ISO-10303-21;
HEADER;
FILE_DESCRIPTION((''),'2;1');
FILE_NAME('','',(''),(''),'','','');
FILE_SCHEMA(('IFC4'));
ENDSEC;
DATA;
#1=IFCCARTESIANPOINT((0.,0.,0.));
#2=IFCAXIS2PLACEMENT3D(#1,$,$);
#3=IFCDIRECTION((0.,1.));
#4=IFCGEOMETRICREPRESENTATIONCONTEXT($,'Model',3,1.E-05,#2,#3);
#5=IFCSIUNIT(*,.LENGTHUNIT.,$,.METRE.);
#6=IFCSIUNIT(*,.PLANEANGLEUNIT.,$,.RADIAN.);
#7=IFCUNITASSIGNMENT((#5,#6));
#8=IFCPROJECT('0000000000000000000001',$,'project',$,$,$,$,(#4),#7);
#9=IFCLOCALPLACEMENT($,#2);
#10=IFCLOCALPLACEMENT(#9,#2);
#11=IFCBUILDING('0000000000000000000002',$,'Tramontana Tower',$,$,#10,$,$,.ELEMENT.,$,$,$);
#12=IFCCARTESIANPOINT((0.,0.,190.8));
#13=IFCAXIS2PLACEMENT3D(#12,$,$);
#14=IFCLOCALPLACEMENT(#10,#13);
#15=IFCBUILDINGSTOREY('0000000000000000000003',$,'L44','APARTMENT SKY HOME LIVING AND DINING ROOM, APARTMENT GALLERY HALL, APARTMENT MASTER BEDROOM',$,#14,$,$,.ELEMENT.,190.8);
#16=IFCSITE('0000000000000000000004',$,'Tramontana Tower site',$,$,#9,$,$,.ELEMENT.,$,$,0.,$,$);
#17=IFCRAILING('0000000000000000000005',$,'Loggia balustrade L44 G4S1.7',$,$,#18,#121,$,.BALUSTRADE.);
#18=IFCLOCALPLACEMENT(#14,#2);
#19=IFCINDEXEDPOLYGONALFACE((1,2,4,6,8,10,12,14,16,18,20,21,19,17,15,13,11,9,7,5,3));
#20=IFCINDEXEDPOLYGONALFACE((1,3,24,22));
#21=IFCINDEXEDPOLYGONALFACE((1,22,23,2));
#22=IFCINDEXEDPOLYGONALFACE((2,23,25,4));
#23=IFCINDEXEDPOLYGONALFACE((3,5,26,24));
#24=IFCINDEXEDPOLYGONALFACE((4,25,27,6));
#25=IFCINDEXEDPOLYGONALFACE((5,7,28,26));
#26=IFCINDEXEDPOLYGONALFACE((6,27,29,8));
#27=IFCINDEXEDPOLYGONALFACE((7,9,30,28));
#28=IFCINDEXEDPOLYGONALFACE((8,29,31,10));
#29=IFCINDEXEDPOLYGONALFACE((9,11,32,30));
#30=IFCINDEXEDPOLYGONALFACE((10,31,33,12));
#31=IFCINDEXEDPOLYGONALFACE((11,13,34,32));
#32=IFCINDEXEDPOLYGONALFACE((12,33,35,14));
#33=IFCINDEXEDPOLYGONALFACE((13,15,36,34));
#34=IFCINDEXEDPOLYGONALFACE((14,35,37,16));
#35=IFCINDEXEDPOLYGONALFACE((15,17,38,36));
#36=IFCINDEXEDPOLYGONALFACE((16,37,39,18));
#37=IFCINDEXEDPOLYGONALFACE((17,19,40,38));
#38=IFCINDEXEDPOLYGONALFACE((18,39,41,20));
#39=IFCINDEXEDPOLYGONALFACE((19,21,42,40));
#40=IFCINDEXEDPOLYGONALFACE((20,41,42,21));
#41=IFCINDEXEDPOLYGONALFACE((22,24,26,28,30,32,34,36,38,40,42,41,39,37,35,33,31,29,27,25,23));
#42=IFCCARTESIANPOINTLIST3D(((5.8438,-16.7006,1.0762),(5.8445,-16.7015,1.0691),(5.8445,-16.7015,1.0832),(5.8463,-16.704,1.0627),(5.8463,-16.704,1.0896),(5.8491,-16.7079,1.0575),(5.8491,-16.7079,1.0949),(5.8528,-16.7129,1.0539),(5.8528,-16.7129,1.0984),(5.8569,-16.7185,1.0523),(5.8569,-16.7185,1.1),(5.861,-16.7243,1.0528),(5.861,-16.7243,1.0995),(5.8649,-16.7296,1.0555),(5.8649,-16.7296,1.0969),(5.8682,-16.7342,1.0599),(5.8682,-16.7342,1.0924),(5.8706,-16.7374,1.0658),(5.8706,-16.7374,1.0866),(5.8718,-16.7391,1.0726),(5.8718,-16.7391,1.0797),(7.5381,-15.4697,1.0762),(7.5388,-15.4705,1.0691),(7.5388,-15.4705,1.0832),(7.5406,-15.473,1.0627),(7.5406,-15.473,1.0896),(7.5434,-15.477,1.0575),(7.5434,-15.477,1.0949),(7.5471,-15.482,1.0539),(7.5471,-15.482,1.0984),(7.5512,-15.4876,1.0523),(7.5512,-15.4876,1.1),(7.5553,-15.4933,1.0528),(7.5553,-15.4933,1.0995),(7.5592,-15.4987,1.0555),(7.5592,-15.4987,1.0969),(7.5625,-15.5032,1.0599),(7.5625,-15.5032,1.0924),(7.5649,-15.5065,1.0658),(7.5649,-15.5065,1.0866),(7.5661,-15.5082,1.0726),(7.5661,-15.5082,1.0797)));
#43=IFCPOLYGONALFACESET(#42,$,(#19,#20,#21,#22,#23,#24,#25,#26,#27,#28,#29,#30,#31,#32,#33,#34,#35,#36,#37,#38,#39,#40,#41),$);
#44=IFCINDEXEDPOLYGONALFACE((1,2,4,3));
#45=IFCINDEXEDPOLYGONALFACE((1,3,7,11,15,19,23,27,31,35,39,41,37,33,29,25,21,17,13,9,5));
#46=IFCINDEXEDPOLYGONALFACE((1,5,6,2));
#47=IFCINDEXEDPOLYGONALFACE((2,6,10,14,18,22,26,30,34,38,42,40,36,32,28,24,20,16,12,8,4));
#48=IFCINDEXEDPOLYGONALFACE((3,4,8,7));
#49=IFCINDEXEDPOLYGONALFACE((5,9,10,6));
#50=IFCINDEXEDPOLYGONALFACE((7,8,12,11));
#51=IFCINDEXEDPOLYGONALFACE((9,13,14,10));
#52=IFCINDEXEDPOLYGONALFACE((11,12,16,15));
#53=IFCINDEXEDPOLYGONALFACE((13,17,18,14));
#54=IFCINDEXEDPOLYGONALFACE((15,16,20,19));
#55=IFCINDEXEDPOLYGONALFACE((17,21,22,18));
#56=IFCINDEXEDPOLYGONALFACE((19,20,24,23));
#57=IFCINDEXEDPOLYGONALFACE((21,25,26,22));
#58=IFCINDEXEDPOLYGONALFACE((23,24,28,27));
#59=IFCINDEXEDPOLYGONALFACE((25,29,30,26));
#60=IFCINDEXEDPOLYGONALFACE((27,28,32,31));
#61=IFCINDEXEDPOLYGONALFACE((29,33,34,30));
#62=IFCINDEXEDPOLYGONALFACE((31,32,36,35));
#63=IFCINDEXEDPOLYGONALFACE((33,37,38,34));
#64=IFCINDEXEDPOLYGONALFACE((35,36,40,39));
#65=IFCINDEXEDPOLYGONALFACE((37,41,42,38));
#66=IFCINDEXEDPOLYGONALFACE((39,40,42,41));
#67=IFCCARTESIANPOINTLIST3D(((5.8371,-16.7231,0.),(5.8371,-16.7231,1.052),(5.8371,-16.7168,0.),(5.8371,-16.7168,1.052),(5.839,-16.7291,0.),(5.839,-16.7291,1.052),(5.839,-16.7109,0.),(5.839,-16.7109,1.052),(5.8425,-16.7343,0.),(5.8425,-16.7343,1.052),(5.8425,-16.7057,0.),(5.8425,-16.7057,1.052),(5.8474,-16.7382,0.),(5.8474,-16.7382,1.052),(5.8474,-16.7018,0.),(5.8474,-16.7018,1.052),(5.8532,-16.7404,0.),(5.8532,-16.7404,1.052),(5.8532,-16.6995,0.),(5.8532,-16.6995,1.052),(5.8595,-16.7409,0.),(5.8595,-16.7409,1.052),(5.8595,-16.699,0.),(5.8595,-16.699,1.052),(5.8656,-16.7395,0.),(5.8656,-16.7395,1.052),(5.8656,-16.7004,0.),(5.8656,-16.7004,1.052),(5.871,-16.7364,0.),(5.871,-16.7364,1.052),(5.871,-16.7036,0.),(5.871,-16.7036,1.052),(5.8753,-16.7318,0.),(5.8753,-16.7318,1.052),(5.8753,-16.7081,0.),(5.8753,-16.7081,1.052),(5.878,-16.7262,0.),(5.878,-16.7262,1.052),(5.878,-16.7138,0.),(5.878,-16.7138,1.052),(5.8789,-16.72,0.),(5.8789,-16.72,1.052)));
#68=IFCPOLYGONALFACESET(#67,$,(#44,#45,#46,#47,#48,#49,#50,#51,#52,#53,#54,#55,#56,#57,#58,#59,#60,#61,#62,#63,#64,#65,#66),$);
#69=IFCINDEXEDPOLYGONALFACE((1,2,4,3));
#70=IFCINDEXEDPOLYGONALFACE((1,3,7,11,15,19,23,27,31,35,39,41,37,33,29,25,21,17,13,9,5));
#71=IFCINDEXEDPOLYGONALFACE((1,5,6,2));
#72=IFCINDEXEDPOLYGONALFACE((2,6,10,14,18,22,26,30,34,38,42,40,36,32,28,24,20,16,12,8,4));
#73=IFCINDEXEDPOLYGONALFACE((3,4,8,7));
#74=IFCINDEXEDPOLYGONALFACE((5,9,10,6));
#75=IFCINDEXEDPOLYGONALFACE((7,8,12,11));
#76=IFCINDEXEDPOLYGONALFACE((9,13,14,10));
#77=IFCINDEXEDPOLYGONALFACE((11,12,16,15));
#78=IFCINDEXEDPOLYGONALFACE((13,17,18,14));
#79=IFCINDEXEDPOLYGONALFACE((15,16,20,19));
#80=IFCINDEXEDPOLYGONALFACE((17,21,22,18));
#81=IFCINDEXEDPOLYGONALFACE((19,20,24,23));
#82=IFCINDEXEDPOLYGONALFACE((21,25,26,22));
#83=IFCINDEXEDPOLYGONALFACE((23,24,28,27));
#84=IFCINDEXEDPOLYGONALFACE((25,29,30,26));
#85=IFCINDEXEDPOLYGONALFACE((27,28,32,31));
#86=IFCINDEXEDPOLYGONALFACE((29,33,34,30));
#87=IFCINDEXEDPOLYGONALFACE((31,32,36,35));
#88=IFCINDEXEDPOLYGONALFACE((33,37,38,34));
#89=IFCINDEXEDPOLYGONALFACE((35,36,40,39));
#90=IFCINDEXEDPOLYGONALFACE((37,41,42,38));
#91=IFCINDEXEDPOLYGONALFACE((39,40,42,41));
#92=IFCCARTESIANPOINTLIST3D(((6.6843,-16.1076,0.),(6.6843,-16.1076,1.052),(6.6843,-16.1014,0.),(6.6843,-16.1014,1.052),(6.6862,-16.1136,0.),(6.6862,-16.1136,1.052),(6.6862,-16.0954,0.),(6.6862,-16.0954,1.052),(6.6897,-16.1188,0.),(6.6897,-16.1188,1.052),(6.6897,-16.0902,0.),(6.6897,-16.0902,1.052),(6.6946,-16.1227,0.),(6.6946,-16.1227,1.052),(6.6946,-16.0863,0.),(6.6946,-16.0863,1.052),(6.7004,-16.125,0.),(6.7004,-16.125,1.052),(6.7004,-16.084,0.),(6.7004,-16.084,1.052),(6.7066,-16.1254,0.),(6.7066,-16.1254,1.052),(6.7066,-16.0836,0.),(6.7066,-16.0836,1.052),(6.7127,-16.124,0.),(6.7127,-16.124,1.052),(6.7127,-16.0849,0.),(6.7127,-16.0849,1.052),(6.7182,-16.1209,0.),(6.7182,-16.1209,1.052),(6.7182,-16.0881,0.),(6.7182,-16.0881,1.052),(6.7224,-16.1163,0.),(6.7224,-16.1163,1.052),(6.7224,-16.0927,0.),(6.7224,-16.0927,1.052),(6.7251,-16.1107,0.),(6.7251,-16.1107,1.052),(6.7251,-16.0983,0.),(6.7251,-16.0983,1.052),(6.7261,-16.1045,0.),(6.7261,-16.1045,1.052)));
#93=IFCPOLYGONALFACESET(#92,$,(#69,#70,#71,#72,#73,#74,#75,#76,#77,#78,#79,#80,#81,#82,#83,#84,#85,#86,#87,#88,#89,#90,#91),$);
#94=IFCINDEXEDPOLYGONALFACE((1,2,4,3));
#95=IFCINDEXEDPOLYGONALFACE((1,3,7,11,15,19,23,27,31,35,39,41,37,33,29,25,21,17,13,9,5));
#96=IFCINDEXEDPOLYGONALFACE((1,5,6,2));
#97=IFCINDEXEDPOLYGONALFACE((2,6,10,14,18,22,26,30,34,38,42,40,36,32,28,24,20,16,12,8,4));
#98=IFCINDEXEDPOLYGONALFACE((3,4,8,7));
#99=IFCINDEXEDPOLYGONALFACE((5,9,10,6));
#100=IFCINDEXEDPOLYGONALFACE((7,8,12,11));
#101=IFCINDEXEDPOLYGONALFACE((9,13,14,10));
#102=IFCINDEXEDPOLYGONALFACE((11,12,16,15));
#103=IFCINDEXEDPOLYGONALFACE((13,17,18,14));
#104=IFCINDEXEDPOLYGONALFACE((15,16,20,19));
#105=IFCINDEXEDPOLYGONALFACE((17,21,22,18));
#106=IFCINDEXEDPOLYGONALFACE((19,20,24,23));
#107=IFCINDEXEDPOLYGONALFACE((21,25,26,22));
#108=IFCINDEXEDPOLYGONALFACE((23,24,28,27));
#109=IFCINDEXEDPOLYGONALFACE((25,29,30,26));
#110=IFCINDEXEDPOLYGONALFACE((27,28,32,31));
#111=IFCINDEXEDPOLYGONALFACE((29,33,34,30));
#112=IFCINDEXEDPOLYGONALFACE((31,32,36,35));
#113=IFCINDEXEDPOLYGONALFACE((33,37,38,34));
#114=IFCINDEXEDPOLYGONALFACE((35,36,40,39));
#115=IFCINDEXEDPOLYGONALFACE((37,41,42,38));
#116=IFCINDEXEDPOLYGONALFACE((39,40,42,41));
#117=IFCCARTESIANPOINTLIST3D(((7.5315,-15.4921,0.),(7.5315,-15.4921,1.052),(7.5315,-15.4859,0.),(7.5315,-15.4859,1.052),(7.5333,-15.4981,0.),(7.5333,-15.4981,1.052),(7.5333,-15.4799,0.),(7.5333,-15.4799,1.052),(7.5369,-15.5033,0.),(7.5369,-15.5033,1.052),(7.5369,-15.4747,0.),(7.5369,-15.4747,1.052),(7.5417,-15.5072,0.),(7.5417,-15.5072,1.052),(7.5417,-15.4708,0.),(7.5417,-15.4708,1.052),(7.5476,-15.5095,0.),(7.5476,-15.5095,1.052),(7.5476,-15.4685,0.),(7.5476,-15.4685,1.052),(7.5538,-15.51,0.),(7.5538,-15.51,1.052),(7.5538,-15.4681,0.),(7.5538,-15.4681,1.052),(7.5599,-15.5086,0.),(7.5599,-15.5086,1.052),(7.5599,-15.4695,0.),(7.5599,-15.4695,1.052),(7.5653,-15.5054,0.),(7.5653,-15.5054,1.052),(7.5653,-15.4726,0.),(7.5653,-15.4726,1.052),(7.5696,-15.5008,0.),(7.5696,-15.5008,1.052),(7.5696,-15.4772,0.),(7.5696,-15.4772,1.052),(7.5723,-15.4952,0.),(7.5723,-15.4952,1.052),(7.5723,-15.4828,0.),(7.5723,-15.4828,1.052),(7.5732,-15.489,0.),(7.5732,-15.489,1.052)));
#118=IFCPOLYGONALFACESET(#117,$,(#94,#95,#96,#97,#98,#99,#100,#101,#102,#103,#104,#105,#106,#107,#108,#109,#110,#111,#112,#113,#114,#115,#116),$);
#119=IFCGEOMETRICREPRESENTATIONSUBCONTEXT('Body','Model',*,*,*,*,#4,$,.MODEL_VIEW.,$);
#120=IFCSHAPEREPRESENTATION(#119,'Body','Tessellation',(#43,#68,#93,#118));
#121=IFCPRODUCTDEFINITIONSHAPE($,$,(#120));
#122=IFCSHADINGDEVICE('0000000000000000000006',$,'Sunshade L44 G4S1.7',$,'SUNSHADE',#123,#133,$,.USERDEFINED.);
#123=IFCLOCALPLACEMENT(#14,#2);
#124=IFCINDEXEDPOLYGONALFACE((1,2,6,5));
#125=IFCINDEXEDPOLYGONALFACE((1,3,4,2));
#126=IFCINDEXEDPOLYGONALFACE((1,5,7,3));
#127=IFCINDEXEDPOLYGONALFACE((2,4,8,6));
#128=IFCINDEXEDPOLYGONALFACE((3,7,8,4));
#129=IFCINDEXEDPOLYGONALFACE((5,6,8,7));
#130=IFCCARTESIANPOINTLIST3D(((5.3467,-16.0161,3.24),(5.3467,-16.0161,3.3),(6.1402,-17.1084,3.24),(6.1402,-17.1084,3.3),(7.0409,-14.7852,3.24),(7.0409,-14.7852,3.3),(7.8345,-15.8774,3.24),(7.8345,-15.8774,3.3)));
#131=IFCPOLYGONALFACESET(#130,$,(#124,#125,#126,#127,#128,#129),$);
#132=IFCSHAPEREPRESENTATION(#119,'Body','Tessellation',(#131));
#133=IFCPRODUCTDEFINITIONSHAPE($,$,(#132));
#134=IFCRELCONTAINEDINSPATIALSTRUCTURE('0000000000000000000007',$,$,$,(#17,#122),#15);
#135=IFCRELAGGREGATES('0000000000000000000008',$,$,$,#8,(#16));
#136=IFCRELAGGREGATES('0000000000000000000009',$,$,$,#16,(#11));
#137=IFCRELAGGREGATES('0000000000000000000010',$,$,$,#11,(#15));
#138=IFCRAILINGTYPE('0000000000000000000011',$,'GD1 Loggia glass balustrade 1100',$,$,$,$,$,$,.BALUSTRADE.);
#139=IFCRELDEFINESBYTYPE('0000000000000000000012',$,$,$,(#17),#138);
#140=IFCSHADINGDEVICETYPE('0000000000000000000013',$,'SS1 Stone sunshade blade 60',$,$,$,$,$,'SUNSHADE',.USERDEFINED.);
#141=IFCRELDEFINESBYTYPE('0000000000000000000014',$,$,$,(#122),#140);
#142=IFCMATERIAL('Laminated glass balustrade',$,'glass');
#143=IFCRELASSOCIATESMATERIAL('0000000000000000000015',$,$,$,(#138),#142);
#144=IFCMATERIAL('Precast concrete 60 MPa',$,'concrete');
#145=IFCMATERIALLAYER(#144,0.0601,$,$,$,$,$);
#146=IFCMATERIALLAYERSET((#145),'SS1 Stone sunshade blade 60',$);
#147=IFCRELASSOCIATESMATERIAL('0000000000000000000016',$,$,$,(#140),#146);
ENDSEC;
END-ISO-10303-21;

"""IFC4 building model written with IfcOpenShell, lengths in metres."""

from ifc_helpers import new_model, si_unit, direction, frame, origin, origin_2d, place, context, subcontext, project, spatial, rectangle, circle, extrude, material, layer, layer_set, type_object, element, save


model = new_model("IFC4")

# Units and contexts
model_context = context("Model", 3, precision=1e-05, world=origin(), true_north=direction((0.0, 1.0)))
body_context = subcontext(model_context, "Body", "Model", "MODEL_VIEW")
ifc_project = project(units=[si_unit("LENGTHUNIT", "METRE"), si_unit("PLANEANGLEUNIT", "RADIAN")], contexts=[model_context])

# Site, building, storey
site_placement = place(None, origin())
site = spatial("IfcSite", under=ifc_project, at=site_placement, Name="Tramontana Tower site", CompositionType="ELEMENT", RefElevation=0.0)
building_placement = place(site_placement, origin())
building = spatial("IfcBuilding", under=site, at=building_placement, Name="Tramontana Tower", CompositionType="ELEMENT")
storey_placement = place(building_placement, frame((0.0, 0.0, 190.8)))
storey = spatial("IfcBuildingStorey", under=building, at=storey_placement, Name="L44", Description="APARTMENT SKY HOME LIVING AND DINING ROOM, APARTMENT GALLERY HALL, APARTMENT MASTER BEDROOM", CompositionType="ELEMENT", Elevation=190.8)

# Railing
ifc_material_1 = material(Name="Laminated glass balustrade", Category="glass")
railing_type = type_object("IfcRailingType", Name="GD1 Loggia glass balustrade 1100", PredefinedType="BALUSTRADE", material=ifc_material_1)
railing_placement = place(storey_placement, frame((5.8579, -16.72, 0.0)))
element("IfcRailing", 1, at=railing_placement, inside=storey, type_object=railing_type, Name="Loggia balustrade L44 G4S1.7", PredefinedType="BALUSTRADE", context=body_context, shape_type="SweptSolid", body=[
    extrude(circle(Radius=0.0239, at=origin_2d()), frame((0.0, 0.0, 1.0762), z_axis=(0.809028, 0.58777, 0.0), x_axis=(-0.58777, 0.809028, 0.0)), (0.0, 0.0, 1.0), 2.0942),
    extrude(circle(Radius=0.021, at=origin_2d()), origin(), (0.0, 0.0, 1.0), 1.052),
    extrude(circle(Radius=0.021, at=origin_2d()), frame((0.8472, 0.6155, 0.0)), (0.0, 0.0, 1.0), 1.052),
    extrude(circle(Radius=0.021, at=origin_2d()), frame((1.6943, 1.231, 0.0)), (0.0, 0.0, 1.0), 1.052),
])

# Shading device
ifc_material_2 = material(Name="Precast concrete 60 MPa", Category="concrete")
ifc_layer_1 = layer(ifc_material_2, 0.0601)
ifc_layer_set_1 = layer_set([ifc_layer_1], Name="SS1 Stone sunshade blade 60")
shading_device_type = type_object("IfcShadingDeviceType", Name="SS1 Stone sunshade blade 60", ElementType="SUNSHADE", PredefinedType="USERDEFINED", material=ifc_layer_set_1)
shading_device_placement = place(storey_placement, frame((6.5906, -15.9468, 3.24), z_axis=(0.0, 0.0, 1.0), x_axis=(0.809017, 0.587785, 0.0)))
element("IfcShadingDevice", 2, at=shading_device_placement, inside=storey, type_object=shading_device_type, Name="Sunshade L44 G4S1.7", ObjectType="SUNSHADE", PredefinedType="USERDEFINED", context=body_context, shape_type="SweptSolid", body=[
    extrude(rectangle(XDim=2.0942, YDim=1.3501, at=origin_2d()), origin(), (0.0, 0.0, 1.0), 0.0601),
])

save(model, "model.ifc")
